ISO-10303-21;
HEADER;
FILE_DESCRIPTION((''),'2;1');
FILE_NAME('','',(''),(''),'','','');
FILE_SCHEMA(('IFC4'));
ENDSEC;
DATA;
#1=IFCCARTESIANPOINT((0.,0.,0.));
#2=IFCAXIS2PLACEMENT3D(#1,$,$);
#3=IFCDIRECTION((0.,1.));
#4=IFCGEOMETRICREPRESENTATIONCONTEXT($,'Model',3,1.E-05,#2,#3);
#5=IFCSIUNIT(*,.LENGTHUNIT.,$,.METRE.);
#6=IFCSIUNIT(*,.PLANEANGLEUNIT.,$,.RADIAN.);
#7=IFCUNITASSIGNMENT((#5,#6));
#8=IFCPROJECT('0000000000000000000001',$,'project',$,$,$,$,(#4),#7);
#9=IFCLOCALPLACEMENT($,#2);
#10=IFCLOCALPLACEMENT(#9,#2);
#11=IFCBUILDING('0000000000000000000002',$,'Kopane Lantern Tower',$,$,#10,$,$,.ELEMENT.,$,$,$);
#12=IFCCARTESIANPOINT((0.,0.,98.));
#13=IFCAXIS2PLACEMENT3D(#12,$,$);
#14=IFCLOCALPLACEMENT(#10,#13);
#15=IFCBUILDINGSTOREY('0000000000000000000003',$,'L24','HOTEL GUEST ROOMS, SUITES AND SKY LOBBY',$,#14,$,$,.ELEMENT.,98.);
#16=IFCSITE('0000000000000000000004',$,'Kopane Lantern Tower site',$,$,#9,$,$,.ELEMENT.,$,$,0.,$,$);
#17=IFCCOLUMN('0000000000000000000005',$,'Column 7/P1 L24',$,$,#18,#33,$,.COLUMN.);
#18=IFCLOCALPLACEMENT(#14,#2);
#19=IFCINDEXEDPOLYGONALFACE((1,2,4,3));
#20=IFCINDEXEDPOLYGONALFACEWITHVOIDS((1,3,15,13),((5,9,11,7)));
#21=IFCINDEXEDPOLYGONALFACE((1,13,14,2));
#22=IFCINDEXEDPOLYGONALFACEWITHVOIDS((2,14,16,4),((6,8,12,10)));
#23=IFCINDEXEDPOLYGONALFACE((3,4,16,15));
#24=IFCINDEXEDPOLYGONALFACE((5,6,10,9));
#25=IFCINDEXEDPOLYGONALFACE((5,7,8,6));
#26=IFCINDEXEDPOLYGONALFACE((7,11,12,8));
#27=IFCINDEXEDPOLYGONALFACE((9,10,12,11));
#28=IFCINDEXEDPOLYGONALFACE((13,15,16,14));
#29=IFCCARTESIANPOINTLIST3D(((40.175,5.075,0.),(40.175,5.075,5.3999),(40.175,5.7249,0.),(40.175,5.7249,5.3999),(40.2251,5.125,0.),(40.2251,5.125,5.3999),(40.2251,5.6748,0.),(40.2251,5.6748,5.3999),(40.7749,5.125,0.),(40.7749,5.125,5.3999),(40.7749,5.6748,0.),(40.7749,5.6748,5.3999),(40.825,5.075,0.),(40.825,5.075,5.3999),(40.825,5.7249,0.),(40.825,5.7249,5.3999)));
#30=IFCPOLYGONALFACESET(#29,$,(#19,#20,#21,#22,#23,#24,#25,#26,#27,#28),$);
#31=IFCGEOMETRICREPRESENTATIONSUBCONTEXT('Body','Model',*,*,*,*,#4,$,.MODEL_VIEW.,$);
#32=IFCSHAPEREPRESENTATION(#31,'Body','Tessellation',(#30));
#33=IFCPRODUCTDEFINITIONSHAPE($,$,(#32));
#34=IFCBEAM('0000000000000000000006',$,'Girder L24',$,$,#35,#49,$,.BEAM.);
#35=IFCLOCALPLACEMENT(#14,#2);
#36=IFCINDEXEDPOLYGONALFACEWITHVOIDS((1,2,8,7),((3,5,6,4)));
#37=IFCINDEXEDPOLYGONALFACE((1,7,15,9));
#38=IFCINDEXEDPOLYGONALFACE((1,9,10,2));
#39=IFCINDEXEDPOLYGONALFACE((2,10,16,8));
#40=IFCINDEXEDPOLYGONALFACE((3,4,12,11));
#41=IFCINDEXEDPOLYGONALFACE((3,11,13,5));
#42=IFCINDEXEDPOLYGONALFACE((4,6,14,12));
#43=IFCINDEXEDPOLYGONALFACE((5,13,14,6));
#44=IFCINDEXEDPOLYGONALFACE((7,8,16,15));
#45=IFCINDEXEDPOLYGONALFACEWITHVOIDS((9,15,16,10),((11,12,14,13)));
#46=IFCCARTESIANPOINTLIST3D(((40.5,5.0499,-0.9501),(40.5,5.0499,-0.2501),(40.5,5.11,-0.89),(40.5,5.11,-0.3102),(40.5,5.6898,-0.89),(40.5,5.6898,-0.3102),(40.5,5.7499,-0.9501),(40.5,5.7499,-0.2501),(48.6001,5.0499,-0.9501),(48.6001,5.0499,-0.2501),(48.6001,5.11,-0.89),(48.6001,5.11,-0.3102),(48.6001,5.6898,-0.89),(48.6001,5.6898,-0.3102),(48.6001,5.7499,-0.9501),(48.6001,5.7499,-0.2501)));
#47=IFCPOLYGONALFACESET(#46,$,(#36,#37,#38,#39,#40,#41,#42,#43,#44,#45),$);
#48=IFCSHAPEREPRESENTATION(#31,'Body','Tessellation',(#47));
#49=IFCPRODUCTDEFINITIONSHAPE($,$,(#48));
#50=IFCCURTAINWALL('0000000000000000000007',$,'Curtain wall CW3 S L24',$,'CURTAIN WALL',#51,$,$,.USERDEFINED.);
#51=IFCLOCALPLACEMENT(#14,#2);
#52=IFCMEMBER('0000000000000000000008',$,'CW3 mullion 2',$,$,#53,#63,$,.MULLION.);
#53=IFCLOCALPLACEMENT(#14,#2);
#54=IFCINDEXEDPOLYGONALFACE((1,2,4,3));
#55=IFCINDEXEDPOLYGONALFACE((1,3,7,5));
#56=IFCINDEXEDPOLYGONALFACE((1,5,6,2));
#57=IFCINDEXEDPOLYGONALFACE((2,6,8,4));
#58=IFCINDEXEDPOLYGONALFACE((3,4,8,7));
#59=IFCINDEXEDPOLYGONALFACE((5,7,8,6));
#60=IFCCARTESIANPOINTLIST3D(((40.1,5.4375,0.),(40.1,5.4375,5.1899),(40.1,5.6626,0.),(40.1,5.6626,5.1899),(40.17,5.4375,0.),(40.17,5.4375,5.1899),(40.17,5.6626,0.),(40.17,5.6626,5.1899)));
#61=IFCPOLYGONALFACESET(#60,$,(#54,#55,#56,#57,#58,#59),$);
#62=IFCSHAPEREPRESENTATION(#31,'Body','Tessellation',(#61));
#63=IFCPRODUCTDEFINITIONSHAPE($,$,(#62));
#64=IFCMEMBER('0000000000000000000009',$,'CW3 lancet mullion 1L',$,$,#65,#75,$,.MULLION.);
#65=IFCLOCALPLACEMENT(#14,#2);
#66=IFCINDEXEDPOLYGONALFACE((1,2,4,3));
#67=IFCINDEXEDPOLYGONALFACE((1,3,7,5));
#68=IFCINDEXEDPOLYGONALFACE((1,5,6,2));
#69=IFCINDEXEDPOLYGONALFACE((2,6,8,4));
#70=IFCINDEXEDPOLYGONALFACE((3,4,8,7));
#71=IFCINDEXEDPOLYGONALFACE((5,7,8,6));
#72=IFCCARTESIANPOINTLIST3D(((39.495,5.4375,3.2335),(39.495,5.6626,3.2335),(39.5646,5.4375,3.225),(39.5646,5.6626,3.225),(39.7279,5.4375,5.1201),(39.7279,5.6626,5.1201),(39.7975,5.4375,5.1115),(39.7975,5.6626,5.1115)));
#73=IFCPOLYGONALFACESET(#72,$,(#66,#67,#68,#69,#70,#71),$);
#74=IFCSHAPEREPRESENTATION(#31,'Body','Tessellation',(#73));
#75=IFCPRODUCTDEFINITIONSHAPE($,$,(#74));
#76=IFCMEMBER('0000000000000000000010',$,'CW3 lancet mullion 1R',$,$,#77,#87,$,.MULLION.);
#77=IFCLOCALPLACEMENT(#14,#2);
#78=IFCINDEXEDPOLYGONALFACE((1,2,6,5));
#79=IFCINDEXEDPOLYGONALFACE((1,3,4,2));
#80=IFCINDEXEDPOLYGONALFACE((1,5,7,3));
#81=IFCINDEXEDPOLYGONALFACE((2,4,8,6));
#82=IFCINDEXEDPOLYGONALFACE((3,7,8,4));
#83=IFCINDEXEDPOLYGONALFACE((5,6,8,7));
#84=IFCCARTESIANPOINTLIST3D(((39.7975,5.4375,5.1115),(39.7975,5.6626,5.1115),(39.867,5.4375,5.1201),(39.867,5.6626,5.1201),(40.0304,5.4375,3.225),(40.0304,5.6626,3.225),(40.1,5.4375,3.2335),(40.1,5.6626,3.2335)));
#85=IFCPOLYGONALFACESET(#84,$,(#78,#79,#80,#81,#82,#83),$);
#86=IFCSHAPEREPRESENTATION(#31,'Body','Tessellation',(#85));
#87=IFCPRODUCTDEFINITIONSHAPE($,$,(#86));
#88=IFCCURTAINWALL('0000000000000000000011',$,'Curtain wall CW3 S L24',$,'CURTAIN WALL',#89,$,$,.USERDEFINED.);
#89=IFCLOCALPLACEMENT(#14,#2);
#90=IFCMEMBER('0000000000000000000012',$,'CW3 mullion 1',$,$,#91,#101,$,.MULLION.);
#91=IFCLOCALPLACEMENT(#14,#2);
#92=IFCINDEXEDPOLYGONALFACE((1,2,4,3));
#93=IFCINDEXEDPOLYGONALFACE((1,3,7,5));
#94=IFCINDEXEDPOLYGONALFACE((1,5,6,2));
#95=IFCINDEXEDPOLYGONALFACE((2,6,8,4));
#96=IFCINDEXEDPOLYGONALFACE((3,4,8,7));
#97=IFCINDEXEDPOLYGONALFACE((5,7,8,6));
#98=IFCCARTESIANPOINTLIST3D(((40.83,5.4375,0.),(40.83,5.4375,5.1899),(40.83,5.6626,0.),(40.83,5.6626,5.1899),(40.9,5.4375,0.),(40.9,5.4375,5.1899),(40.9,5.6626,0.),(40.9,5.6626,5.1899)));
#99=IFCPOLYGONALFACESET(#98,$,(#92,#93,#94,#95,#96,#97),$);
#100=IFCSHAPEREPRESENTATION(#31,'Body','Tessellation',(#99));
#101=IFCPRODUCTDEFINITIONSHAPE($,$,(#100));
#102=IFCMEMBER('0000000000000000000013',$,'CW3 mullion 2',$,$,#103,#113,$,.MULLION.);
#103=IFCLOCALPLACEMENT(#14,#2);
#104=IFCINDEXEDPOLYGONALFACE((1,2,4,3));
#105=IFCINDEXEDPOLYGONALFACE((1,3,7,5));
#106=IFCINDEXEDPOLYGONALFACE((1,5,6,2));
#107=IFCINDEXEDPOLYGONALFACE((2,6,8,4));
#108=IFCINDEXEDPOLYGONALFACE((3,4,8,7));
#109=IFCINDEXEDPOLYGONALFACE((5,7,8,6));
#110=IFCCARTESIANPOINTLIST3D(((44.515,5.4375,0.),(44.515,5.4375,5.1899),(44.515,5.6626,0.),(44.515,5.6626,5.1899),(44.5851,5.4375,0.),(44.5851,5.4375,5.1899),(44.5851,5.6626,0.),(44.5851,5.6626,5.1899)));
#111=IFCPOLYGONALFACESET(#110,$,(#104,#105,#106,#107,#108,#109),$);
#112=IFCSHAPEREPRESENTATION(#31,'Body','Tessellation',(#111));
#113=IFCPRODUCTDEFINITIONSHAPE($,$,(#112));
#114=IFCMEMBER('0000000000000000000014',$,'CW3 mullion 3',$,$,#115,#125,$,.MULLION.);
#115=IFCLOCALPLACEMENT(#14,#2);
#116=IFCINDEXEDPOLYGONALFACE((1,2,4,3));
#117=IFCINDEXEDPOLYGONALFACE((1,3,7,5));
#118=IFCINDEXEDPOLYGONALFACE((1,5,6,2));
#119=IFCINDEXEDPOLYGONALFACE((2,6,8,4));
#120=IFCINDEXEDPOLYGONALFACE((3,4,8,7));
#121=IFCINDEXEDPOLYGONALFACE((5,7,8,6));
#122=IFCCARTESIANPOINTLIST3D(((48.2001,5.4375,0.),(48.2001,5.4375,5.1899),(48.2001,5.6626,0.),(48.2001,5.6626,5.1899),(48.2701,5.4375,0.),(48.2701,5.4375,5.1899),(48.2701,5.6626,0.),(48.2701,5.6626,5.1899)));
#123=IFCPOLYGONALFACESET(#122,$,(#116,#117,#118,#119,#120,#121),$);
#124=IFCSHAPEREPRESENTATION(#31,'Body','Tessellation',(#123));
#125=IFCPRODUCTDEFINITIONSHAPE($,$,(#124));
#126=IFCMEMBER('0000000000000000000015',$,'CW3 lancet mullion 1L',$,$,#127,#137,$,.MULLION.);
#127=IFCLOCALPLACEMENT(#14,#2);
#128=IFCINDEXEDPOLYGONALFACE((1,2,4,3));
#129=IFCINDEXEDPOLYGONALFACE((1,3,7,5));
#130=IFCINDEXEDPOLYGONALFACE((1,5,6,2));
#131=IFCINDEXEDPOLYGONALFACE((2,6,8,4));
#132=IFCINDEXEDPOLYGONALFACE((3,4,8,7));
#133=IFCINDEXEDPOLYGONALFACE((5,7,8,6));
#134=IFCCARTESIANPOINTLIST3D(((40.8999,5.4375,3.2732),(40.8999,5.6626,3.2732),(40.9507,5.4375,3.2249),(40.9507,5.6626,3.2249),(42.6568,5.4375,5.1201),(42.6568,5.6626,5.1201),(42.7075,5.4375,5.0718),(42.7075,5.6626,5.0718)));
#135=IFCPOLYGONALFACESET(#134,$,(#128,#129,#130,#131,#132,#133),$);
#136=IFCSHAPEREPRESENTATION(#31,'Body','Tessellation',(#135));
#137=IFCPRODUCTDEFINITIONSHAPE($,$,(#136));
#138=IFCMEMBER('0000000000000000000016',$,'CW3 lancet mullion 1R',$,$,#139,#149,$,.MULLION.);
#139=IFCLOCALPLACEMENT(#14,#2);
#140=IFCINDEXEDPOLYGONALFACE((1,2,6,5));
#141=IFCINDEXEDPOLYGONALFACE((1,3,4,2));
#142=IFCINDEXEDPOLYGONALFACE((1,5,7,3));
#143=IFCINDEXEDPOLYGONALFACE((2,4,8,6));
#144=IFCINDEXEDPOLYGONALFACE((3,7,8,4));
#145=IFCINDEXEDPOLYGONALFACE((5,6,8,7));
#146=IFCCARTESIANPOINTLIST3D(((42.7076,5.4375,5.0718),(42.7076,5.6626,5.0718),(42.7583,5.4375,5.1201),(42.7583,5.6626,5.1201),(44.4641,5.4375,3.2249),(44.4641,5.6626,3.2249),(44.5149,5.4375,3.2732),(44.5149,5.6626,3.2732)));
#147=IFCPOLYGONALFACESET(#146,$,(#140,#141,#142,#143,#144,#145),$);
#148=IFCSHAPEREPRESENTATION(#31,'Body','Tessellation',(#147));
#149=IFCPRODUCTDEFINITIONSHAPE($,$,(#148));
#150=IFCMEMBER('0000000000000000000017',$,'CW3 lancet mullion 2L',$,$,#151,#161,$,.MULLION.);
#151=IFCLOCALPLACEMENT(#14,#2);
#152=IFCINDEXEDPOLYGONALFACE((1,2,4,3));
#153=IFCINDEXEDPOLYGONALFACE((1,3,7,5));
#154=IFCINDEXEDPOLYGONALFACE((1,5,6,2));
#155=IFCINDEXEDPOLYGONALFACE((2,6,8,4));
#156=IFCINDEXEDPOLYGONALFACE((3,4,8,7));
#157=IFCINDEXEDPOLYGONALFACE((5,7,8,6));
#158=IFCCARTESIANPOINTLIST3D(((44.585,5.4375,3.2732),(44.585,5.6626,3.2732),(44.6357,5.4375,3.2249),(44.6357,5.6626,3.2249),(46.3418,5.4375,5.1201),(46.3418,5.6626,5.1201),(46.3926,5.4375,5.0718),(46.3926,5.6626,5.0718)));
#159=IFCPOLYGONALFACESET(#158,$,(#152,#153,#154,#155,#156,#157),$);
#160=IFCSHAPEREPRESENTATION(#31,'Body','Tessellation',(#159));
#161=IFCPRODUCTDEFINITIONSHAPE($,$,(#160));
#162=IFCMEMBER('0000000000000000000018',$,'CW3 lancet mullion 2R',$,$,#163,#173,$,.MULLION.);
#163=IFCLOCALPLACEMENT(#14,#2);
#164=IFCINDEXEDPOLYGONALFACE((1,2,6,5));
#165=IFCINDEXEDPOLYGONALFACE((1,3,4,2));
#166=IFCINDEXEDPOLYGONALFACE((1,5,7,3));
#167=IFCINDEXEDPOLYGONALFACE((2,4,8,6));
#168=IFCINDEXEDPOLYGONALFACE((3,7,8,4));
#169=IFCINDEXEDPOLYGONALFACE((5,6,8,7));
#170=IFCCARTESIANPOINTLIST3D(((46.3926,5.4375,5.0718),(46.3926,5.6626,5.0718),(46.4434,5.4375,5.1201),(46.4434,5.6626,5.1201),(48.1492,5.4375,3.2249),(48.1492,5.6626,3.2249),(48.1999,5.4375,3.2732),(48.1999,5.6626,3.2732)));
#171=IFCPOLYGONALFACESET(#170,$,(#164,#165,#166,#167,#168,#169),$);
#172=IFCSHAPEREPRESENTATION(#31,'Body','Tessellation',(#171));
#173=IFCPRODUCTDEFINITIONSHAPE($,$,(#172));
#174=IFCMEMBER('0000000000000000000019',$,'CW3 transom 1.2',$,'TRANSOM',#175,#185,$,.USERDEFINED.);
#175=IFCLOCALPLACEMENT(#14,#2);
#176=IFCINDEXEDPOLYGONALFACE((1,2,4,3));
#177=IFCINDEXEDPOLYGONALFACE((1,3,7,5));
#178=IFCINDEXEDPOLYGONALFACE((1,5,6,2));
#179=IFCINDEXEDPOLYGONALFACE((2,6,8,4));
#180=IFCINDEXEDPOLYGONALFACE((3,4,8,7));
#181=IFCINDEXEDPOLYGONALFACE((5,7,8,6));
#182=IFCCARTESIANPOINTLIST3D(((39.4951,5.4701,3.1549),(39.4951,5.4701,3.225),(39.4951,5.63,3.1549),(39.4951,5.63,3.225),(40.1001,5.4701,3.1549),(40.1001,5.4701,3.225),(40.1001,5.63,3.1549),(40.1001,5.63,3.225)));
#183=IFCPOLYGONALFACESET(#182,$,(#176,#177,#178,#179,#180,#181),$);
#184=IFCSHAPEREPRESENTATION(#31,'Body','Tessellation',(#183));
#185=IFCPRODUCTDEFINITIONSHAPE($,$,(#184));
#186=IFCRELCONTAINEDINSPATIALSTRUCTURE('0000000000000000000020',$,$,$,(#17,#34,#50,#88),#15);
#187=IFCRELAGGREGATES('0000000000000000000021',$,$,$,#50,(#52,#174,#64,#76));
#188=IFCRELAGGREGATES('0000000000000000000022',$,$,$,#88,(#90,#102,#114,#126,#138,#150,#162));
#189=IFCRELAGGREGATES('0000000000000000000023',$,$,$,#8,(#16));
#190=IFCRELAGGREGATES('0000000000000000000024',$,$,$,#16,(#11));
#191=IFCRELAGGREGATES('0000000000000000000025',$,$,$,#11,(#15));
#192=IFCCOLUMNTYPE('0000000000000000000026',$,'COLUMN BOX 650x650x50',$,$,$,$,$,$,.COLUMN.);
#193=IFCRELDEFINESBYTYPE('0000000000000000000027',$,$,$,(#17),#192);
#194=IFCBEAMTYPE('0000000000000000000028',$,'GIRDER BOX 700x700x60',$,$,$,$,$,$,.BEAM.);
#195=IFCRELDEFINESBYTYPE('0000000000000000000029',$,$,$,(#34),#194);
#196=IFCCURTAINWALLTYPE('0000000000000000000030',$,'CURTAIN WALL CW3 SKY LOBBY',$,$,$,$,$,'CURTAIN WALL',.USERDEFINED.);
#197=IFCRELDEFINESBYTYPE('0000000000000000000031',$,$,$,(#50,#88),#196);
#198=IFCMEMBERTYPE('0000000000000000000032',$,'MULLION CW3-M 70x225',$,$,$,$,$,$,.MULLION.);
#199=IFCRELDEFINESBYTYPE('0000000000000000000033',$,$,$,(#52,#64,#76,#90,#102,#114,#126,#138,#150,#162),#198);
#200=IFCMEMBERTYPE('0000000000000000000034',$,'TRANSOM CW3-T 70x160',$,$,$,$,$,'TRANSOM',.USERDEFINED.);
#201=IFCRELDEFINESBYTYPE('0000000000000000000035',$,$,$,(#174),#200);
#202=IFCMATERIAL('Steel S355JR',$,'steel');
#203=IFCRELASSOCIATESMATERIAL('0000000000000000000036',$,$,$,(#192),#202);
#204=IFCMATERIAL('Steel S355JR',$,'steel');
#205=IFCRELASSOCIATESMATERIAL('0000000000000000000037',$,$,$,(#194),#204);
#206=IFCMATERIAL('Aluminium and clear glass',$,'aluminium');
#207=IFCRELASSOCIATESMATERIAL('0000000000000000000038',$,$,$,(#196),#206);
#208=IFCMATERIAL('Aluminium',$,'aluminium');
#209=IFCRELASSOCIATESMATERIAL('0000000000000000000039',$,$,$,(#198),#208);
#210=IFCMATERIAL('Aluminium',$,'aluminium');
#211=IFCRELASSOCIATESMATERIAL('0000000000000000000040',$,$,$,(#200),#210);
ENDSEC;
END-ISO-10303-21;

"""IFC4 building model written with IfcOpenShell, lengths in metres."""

from ifc_helpers import new_model, si_unit, direction, frame, origin, origin_2d, place, context, subcontext, project, spatial, rectangle, hollow_rectangle, extrude, material, material_profile, profile_set, type_object, element, aggregate, save


model = new_model("IFC4")

# Units and contexts
model_context = context("Model", 3, precision=1e-05, world=origin(), true_north=direction((0.0, 1.0)))
body_context = subcontext(model_context, "Body", "Model", "MODEL_VIEW")
ifc_project = project(units=[si_unit("LENGTHUNIT", "METRE"), si_unit("PLANEANGLEUNIT", "RADIAN")], contexts=[model_context])

# Site, building, storey
site_placement = place(None, origin())
site = spatial("IfcSite", under=ifc_project, at=site_placement, Name="Kopane Lantern Tower site", CompositionType="ELEMENT", RefElevation=0.0)
building_placement = place(site_placement, origin())
building = spatial("IfcBuilding", under=site, at=building_placement, Name="Kopane Lantern Tower", CompositionType="ELEMENT")
storey_placement = place(building_placement, frame((0.0, 0.0, 98.0)))
storey = spatial("IfcBuildingStorey", under=building, at=storey_placement, Name="L24", Description="HOTEL GUEST ROOMS, SUITES AND SKY LOBBY", CompositionType="ELEMENT", Elevation=98.0)

# Column
ifc_material_1 = material(Name="Steel S355JR", Category="steel")
ifc_material_profile_1 = material_profile(ifc_material_1, hollow_rectangle(XDim=0.6499, YDim=0.6499, WallThickness=0.05, at=origin_2d()), Name="BOX 650x650x50")
ifc_profile_set_1 = profile_set([ifc_material_profile_1], Name="Steel S355JR")
column_type = type_object("IfcColumnType", Name="COLUMN BOX 650x650x50", PredefinedType="COLUMN", material=ifc_profile_set_1)
column_placement = place(storey_placement, frame((40.5, 5.3999, 0.0), z_axis=(0.0, 0.0, 1.0), x_axis=(1.0, 0.0, 0.0)))
element("IfcColumn", 1, at=column_placement, inside=storey, type_object=column_type, Name="Column 7/P1 L24", PredefinedType="COLUMN", context=body_context, shape_type="SweptSolid", body=[
    extrude(hollow_rectangle(XDim=0.6499, YDim=0.6499, WallThickness=0.05, at=origin_2d()), origin(), (0.0, 0.0, 1.0), 5.3999),
])

# Beam
ifc_material_2 = material(Name="Steel S355JR", Category="steel")
ifc_material_profile_2 = material_profile(ifc_material_2, hollow_rectangle(XDim=0.7, YDim=0.7, WallThickness=0.0601, at=origin_2d()), Name="BOX 700x700x60")
ifc_profile_set_2 = profile_set([ifc_material_profile_2], Name="Steel S355JR")
beam_type = type_object("IfcBeamType", Name="GIRDER BOX 700x700x60", PredefinedType="BEAM", material=ifc_profile_set_2)
beam_placement = place(storey_placement, frame((40.5, 5.3999, -0.6001), z_axis=(1.0, 0.0, 0.0), x_axis=(0.0, 1.0, 0.0)))
element("IfcBeam", 2, at=beam_placement, inside=storey, type_object=beam_type, Name="Girder L24", PredefinedType="BEAM", context=body_context, shape_type="SweptSolid", body=[
    extrude(hollow_rectangle(XDim=0.7, YDim=0.7, WallThickness=0.0601, at=origin_2d()), origin(), (0.0, 0.0, 1.0), 8.1001),
])

# Curtain walls, members
ifc_material_3 = material(Name="Aluminium and clear glass", Category="aluminium")
curtain_wall_type = type_object("IfcCurtainWallType", Name="CURTAIN WALL CW3 SKY LOBBY", ElementType="CURTAIN WALL", PredefinedType="USERDEFINED", material=ifc_material_3)
curtain_wall_1_placement = place(storey_placement, origin())
curtain_wall_1 = element("IfcCurtainWall", 3, at=curtain_wall_1_placement, inside=storey, type_object=curtain_wall_type, Name="Curtain wall CW3 S L24", ObjectType="CURTAIN WALL", PredefinedType="USERDEFINED")
ifc_material_4 = material(Name="Aluminium", Category="aluminium")
ifc_material_profile_3 = material_profile(ifc_material_4, rectangle(XDim=0.0701, YDim=0.2251, at=origin_2d()), Name="AL 70x225")
ifc_profile_set_3 = profile_set([ifc_material_profile_3], Name="Aluminium")
member_type_1 = type_object("IfcMemberType", Name="MULLION CW3-M 70x225", PredefinedType="MULLION", material=ifc_profile_set_3)
member_1_placement = place(storey_placement, frame((40.135, 5.55, 0.0), z_axis=(0.0, 0.0, 1.0), x_axis=(1.0, 0.0, 0.0)))
member_1 = element("IfcMember", 4, at=member_1_placement, type_object=member_type_1, Name="CW3 mullion 2", PredefinedType="MULLION", context=body_context, shape_type="SweptSolid", body=[
    extrude(rectangle(XDim=0.0701, YDim=0.2251, at=origin_2d()), origin(), (0.0, 0.0, 1.0), 5.1899),
])
member_2_placement = place(storey_placement, frame((39.5298, 5.55, 3.2292), z_axis=(0.122533, 0.0, 0.992464), x_axis=(-0.992464, 0.0, 0.122533)))
member_2 = element("IfcMember", 5, at=member_2_placement, type_object=member_type_1, Name="CW3 lancet mullion 1L", PredefinedType="MULLION", context=body_context, shape_type="SweptSolid", body=[
    extrude(rectangle(XDim=0.0701, YDim=0.2251, at=origin_2d()), origin(), (0.0, 0.0, 1.0), 1.9009),
])
member_3_placement = place(storey_placement, frame((40.0652, 5.55, 3.2292), z_axis=(-0.122533, 0.0, 0.992464), x_axis=(0.992464, 0.0, 0.122533)))
member_3 = element("IfcMember", 6, at=member_3_placement, type_object=member_type_1, Name="CW3 lancet mullion 1R", PredefinedType="MULLION", context=body_context, shape_type="SweptSolid", body=[
    extrude(rectangle(XDim=0.0701, YDim=0.2251, at=origin_2d()), origin(), (0.0, 0.0, 1.0), 1.9009),
])
curtain_wall_2_placement = place(storey_placement, origin())
curtain_wall_2 = element("IfcCurtainWall", 7, at=curtain_wall_2_placement, inside=storey, type_object=curtain_wall_type, Name="Curtain wall CW3 S L24", ObjectType="CURTAIN WALL", PredefinedType="USERDEFINED")
member_4_placement = place(storey_placement, frame((40.865, 5.55, 0.0), z_axis=(0.0, 0.0, 1.0), x_axis=(1.0, 0.0, 0.0)))
member_4 = element("IfcMember", 8, at=member_4_placement, type_object=member_type_1, Name="CW3 mullion 1", PredefinedType="MULLION", context=body_context, shape_type="SweptSolid", body=[
    extrude(rectangle(XDim=0.0701, YDim=0.2251, at=origin_2d()), origin(), (0.0, 0.0, 1.0), 5.1899),
])
member_5_placement = place(storey_placement, frame((44.55, 5.55, 0.0), z_axis=(0.0, 0.0, 1.0), x_axis=(1.0, 0.0, 0.0)))
member_5 = element("IfcMember", 9, at=member_5_placement, type_object=member_type_1, Name="CW3 mullion 2", PredefinedType="MULLION", context=body_context, shape_type="SweptSolid", body=[
    extrude(rectangle(XDim=0.0701, YDim=0.2251, at=origin_2d()), origin(), (0.0, 0.0, 1.0), 5.1899),
])
member_6_placement = place(storey_placement, frame((48.2351, 5.55, 0.0), z_axis=(0.0, 0.0, 1.0), x_axis=(1.0, 0.0, 0.0)))
member_6 = element("IfcMember", 10, at=member_6_placement, type_object=member_type_1, Name="CW3 mullion 3", PredefinedType="MULLION", context=body_context, shape_type="SweptSolid", body=[
    extrude(rectangle(XDim=0.0701, YDim=0.2251, at=origin_2d()), origin(), (0.0, 0.0, 1.0), 5.1899),
])
member_7_placement = place(storey_placement, frame((40.9253, 5.55, 3.249), z_axis=(0.689215, 0.0, 0.724557), x_axis=(-0.724557, 0.0, 0.689215)))
member_7 = element("IfcMember", 11, at=member_7_placement, type_object=member_type_1, Name="CW3 lancet mullion 1L", PredefinedType="MULLION", context=body_context, shape_type="SweptSolid", body=[
    extrude(rectangle(XDim=0.0701, YDim=0.2251, at=origin_2d()), origin(), (0.0, 0.0, 1.0), 2.5491),
])
member_8_placement = place(storey_placement, frame((44.4895, 5.55, 3.249), z_axis=(-0.689165, 0.0, 0.724605), x_axis=(0.724605, 0.0, 0.689165)))
member_8 = element("IfcMember", 12, at=member_8_placement, type_object=member_type_1, Name="CW3 lancet mullion 1R", PredefinedType="MULLION", context=body_context, shape_type="SweptSolid", body=[
    extrude(rectangle(XDim=0.0701, YDim=0.2251, at=origin_2d()), origin(), (0.0, 0.0, 1.0), 2.5488),
])
member_9_placement = place(storey_placement, frame((44.6104, 5.55, 3.249), z_axis=(0.689215, 0.0, 0.724557), x_axis=(-0.724557, 0.0, 0.689215)))
member_9 = element("IfcMember", 13, at=member_9_placement, type_object=member_type_1, Name="CW3 lancet mullion 2L", PredefinedType="MULLION", context=body_context, shape_type="SweptSolid", body=[
    extrude(rectangle(XDim=0.0701, YDim=0.2251, at=origin_2d()), origin(), (0.0, 0.0, 1.0), 2.5491),
])
member_10_placement = place(storey_placement, frame((48.1746, 5.55, 3.249), z_axis=(-0.689165, 0.0, 0.724605), x_axis=(0.724605, 0.0, 0.689165)))
member_10 = element("IfcMember", 14, at=member_10_placement, type_object=member_type_1, Name="CW3 lancet mullion 2R", PredefinedType="MULLION", context=body_context, shape_type="SweptSolid", body=[
    extrude(rectangle(XDim=0.0701, YDim=0.2251, at=origin_2d()), origin(), (0.0, 0.0, 1.0), 2.5488),
])

# Member
ifc_material_5 = material(Name="Aluminium", Category="aluminium")
ifc_material_profile_4 = material_profile(ifc_material_5, rectangle(XDim=0.1599, YDim=0.0701, at=origin_2d()), Name="AL 160x70")
ifc_profile_set_4 = profile_set([ifc_material_profile_4], Name="Aluminium")
member_type_2 = type_object("IfcMemberType", Name="TRANSOM CW3-T 70x160", ElementType="TRANSOM", PredefinedType="USERDEFINED", material=ifc_profile_set_4)
member_11_placement = place(storey_placement, frame((39.4951, 5.55, 3.1899), z_axis=(1.0, 0.0, 0.0), x_axis=(0.0, 1.0, 0.0)))
member_11 = element("IfcMember", 15, at=member_11_placement, type_object=member_type_2, Name="CW3 transom 1.2", ObjectType="TRANSOM", PredefinedType="USERDEFINED", context=body_context, shape_type="SweptSolid", body=[
    extrude(rectangle(XDim=0.1599, YDim=0.0701, at=origin_2d()), origin(), (0.0, 0.0, 1.0), 0.605),
])

aggregate(curtain_wall_1, [member_1, member_11, member_2, member_3])
aggregate(curtain_wall_2, [member_4, member_5, member_6, member_7, member_8, member_9, member_10])

save(model, "model.ifc")
